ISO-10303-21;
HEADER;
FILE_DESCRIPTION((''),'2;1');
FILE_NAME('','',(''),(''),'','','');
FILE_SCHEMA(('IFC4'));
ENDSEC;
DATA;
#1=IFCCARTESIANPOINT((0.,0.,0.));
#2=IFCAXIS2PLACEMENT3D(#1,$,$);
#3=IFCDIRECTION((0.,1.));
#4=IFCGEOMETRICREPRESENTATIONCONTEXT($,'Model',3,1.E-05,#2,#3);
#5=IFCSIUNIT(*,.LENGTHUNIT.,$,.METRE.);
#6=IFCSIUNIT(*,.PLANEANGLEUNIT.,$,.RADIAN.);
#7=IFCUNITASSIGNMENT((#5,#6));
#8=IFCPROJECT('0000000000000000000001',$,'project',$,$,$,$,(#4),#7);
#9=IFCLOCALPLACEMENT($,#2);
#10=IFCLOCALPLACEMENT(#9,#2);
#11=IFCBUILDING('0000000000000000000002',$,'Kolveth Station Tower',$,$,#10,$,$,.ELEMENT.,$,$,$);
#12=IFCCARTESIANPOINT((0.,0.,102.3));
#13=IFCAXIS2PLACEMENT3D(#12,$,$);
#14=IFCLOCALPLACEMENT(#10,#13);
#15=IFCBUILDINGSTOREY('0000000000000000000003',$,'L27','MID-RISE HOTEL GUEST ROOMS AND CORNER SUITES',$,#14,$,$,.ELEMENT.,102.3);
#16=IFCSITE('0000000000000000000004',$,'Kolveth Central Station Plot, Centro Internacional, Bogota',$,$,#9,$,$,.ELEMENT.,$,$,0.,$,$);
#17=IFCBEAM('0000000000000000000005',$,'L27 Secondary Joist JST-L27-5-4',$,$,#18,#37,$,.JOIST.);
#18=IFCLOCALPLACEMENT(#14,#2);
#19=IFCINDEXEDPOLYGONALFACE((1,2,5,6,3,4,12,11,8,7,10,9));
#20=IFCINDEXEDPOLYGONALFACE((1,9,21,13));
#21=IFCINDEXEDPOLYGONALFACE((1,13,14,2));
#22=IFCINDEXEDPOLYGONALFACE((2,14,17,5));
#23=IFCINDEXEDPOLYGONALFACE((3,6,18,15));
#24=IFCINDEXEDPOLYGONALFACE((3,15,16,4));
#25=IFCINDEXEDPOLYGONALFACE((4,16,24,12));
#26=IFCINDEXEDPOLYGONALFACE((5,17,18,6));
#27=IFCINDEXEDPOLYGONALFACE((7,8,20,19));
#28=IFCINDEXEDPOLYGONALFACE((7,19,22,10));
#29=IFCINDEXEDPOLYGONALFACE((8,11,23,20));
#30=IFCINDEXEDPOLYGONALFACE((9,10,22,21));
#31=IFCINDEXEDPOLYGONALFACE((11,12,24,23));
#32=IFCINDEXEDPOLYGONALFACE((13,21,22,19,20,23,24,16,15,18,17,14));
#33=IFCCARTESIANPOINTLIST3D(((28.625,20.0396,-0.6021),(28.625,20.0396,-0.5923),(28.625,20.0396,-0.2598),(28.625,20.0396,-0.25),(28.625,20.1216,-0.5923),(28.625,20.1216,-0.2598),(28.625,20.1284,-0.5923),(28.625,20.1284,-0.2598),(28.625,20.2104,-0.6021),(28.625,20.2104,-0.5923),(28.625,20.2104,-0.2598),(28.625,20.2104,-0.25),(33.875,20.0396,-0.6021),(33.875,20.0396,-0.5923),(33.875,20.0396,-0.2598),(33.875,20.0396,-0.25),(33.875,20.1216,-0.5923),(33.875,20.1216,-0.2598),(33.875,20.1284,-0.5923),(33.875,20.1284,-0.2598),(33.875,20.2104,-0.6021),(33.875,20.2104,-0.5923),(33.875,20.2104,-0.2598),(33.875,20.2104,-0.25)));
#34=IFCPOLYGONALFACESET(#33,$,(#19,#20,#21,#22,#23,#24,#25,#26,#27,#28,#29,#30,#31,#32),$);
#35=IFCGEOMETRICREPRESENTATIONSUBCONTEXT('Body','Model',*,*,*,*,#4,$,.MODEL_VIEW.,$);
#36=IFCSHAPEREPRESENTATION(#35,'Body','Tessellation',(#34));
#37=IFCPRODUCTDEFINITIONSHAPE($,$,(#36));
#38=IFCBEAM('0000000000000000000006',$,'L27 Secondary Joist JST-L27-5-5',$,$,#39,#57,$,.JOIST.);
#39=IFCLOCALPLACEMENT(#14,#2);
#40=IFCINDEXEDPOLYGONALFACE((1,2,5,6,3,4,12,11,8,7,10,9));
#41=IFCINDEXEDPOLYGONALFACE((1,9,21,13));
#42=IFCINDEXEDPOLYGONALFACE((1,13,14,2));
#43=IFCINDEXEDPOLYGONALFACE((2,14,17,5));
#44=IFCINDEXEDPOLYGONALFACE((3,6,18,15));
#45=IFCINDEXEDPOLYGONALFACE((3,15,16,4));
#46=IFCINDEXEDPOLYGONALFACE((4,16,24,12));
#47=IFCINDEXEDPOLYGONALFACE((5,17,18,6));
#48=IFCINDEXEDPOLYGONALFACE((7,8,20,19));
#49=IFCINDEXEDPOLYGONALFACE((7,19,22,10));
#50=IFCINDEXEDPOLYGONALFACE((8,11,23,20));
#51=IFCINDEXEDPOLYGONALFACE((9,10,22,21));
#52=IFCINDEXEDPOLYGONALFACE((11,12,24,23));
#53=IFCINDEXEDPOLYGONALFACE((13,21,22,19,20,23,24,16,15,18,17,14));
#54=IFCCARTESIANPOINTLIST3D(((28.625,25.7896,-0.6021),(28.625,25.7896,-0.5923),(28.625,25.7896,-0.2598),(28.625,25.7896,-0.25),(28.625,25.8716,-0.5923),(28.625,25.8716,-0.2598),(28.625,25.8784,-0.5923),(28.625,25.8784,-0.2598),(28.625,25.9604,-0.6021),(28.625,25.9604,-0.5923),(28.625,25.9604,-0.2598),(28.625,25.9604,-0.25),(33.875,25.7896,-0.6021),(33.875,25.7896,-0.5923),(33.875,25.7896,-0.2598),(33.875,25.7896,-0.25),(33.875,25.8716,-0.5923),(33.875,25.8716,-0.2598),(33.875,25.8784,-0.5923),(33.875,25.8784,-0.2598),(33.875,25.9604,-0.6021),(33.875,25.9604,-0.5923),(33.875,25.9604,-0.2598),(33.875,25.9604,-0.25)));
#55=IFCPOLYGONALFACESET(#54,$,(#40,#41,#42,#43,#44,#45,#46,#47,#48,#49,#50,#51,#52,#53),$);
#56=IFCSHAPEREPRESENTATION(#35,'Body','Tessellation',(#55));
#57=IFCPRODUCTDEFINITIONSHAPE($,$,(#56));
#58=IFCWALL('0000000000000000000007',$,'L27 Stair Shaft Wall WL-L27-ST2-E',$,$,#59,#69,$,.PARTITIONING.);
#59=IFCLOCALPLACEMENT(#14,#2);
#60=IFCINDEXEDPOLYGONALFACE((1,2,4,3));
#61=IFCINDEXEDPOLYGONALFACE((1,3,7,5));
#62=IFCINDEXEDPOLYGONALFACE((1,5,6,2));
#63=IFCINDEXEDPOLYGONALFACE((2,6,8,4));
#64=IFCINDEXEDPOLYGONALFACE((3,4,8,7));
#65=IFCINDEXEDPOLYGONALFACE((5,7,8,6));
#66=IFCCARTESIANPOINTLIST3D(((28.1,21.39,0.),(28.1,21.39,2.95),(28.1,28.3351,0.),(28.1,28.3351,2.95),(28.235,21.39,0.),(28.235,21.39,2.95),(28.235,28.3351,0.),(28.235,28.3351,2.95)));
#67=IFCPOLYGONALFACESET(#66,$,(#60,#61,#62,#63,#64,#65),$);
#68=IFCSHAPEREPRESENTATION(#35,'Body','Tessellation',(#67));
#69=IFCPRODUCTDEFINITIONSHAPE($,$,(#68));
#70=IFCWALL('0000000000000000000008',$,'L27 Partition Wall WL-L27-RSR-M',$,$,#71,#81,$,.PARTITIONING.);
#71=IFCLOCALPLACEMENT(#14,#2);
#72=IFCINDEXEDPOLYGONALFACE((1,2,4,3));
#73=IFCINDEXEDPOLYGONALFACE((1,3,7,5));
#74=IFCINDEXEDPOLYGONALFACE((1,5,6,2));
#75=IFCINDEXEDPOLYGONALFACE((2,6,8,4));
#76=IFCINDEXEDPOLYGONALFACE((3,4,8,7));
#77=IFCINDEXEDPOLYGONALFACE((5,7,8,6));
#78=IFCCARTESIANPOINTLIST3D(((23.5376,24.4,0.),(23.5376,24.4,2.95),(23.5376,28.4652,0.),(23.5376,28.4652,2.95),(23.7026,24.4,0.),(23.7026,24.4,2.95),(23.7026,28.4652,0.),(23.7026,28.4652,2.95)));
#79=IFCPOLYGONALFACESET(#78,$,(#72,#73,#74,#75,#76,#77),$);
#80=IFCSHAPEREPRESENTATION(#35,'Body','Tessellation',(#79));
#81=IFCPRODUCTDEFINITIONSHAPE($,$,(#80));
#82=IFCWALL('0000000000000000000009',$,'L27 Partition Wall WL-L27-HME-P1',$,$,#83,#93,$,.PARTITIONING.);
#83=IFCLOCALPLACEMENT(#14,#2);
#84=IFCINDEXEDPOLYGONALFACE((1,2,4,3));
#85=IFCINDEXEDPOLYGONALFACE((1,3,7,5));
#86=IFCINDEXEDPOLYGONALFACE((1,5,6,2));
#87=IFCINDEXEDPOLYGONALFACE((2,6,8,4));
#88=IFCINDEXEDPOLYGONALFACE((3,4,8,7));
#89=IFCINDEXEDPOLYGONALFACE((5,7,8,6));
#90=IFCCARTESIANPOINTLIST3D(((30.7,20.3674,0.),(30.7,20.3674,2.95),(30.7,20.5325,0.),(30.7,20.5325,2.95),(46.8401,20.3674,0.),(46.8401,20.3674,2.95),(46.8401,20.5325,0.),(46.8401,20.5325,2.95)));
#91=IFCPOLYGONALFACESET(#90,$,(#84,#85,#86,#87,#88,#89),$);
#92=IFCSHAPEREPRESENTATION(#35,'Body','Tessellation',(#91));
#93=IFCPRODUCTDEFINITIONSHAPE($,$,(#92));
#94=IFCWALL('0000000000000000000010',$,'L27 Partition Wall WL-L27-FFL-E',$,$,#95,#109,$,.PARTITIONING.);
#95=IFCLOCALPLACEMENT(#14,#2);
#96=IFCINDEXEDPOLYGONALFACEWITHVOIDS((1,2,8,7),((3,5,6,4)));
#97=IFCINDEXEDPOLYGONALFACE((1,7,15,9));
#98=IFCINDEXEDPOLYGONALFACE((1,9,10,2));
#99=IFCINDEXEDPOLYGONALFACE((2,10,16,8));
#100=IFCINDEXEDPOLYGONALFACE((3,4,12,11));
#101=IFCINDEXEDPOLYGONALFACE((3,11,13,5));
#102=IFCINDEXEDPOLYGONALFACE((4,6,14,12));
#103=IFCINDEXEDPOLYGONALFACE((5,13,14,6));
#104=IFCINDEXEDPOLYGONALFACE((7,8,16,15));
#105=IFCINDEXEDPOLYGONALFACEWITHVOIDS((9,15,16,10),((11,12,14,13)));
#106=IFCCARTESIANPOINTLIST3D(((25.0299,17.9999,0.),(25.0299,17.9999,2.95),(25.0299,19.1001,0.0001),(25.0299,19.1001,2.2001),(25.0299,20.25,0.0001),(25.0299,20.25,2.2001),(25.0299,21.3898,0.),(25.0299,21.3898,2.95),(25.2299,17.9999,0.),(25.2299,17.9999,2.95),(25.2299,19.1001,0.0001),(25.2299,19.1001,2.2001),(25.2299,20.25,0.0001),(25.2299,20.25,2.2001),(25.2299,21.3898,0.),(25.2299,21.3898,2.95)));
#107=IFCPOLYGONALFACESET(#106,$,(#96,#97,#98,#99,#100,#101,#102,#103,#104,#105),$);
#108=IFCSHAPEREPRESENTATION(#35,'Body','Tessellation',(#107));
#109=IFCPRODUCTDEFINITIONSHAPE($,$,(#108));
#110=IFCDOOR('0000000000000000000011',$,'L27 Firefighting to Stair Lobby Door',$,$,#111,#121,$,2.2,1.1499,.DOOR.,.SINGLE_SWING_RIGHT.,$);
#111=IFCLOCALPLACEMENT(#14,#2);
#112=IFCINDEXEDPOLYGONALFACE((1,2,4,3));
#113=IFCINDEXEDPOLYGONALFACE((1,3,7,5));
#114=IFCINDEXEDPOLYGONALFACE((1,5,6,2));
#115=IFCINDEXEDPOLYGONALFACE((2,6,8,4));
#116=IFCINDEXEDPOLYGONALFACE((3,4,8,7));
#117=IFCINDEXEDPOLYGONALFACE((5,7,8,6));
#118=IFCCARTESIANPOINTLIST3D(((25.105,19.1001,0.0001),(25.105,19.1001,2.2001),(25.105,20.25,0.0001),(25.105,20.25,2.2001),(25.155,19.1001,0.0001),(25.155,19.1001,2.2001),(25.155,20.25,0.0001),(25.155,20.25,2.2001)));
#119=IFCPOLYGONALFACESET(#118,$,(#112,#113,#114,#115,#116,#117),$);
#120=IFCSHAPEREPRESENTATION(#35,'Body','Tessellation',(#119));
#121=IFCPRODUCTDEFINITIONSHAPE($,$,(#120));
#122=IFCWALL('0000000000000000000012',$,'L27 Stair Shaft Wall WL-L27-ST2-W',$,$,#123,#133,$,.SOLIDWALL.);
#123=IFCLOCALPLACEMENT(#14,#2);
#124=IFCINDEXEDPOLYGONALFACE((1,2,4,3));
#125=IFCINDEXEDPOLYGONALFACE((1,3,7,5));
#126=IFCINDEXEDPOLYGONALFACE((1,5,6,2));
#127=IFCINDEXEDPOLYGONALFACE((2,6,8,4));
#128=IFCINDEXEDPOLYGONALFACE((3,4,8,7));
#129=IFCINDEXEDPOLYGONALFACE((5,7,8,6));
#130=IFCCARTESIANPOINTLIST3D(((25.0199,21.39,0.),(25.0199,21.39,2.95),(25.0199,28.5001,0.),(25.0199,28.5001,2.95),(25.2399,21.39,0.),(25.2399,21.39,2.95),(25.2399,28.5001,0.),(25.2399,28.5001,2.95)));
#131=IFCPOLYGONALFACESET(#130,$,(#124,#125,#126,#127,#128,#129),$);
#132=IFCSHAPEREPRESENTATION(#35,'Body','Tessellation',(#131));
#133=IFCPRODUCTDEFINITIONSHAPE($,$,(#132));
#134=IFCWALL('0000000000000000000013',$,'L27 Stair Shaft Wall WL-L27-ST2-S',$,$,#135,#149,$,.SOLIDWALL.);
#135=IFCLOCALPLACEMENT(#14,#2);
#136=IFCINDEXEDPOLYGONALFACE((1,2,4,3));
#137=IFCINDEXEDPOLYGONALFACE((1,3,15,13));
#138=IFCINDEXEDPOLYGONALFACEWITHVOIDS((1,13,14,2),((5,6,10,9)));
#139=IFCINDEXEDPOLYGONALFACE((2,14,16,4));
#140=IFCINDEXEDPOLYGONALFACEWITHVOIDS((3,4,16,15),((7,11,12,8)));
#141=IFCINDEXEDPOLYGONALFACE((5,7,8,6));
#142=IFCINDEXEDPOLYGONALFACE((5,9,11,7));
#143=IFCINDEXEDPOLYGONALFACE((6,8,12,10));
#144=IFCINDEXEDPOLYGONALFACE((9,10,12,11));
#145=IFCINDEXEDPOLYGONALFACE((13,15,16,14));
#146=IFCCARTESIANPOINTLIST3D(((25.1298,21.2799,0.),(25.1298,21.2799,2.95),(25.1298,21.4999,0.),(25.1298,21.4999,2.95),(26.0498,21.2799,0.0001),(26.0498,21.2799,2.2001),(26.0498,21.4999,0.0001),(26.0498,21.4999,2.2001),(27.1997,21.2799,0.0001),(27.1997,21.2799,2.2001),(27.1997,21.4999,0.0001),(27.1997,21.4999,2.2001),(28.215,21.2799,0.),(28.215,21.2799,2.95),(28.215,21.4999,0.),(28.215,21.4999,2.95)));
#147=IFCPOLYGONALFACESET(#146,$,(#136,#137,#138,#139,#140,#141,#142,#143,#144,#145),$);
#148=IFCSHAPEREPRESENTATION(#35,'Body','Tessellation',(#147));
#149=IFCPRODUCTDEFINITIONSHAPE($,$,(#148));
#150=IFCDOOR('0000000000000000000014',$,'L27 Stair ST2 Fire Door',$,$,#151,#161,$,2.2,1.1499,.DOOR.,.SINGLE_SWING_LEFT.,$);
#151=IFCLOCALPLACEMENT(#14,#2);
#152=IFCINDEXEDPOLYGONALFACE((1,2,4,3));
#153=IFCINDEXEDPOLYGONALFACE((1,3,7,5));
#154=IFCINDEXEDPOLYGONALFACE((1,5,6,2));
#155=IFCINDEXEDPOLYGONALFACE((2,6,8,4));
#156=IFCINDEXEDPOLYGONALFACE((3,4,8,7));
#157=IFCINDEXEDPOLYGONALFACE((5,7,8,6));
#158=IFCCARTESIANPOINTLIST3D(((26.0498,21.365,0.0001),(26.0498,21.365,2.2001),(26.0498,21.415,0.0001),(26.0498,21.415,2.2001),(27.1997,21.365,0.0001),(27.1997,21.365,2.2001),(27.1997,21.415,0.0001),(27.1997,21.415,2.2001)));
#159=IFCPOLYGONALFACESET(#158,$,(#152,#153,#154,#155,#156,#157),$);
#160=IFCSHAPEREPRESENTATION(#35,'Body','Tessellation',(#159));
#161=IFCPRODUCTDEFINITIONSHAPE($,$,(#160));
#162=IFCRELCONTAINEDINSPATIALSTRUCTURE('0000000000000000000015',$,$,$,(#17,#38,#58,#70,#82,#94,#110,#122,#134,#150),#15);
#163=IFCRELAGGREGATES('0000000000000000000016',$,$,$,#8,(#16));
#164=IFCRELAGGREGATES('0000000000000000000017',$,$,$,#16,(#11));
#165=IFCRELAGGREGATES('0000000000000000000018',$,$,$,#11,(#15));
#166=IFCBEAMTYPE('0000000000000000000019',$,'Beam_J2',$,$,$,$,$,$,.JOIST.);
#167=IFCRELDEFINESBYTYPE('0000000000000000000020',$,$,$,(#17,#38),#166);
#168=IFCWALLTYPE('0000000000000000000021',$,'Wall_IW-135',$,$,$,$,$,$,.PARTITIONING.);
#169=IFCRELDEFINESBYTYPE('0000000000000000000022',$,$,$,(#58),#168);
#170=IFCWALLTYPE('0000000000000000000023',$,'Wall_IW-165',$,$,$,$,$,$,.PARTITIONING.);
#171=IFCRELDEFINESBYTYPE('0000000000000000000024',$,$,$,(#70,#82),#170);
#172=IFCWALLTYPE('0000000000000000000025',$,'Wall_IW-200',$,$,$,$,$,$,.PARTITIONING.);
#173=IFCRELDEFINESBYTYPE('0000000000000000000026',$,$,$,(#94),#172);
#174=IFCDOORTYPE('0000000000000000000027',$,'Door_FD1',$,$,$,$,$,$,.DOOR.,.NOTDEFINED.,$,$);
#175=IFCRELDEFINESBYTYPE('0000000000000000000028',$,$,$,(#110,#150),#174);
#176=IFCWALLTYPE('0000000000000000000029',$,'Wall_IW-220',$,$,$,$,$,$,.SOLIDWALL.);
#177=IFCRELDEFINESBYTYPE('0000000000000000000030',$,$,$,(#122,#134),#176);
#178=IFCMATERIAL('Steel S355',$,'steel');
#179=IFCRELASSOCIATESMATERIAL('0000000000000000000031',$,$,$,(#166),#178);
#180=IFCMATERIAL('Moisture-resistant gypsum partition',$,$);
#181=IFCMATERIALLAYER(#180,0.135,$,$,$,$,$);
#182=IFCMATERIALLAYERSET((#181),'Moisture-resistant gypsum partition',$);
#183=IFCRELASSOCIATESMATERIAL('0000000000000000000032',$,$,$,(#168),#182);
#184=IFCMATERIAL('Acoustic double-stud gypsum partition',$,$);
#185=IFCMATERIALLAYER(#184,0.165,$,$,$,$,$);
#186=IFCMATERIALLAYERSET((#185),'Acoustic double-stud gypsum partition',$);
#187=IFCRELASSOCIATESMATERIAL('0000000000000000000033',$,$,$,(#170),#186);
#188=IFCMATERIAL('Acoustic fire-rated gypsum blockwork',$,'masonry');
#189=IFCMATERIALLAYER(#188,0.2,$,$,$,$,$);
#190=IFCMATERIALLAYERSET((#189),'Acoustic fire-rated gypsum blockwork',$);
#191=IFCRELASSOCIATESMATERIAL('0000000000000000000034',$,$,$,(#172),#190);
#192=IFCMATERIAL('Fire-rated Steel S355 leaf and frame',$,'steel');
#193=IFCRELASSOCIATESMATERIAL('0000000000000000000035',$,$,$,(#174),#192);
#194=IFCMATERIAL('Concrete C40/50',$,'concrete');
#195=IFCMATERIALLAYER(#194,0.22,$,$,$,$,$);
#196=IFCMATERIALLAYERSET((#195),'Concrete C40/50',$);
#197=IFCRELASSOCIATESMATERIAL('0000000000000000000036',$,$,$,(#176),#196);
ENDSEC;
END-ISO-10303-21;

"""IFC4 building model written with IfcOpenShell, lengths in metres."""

from ifc_helpers import new_model, si_unit, direction, frame, frame_2d, origin, origin_2d, place, context, subcontext, project, spatial, rectangle, i_section, extrude, source, transform, mapped, material, layer, layer_set, material_profile, profile_set, type_object, element, fill, save


model = new_model("IFC4")

# Units and contexts
model_context = context("Model", 3, precision=1e-05, world=origin(), true_north=direction((0.0, 1.0)))
body_context = subcontext(model_context, "Body", "Model", "MODEL_VIEW")
ifc_project = project(units=[si_unit("LENGTHUNIT", "METRE"), si_unit("PLANEANGLEUNIT", "RADIAN")], contexts=[model_context])

# Site, building, storey
site_placement = place(None, origin())
site = spatial("IfcSite", under=ifc_project, at=site_placement, Name="Kolveth Central Station Plot, Centro Internacional, Bogota", CompositionType="ELEMENT", RefElevation=0.0)
building_placement = place(site_placement, origin())
building = spatial("IfcBuilding", under=site, at=building_placement, Name="Kolveth Station Tower", CompositionType="ELEMENT")
storey_placement = place(building_placement, frame((0.0, 0.0, 102.3)))
storey = spatial("IfcBuildingStorey", under=building, at=storey_placement, Name="L27", Description="MID-RISE HOTEL GUEST ROOMS AND CORNER SUITES", CompositionType="ELEMENT", Elevation=102.3)

# Shared definitions
ifc_material_1 = material(Name="Steel S355", Category="steel")

# Beams
ifc_material_profile_1 = material_profile(ifc_material_1, i_section(OverallWidth=0.1709, OverallDepth=0.3521, WebThickness=0.0068, FlangeThickness=0.0098, at=origin_2d()), Name="W360x44")
ifc_profile_set_1 = profile_set([ifc_material_profile_1], Name="Steel S355")
beam_type_1 = type_object("IfcBeamType", Name="Beam_J2", PredefinedType="JOIST", material=ifc_profile_set_1)
shared_shape_1 = source(origin(), body_context, "Body", "SweptSolid", [
    extrude(i_section(OverallWidth=0.1709, OverallDepth=0.3521, WebThickness=0.0068, FlangeThickness=0.0098, at=origin_2d()), origin(), (0.0, 0.0, 1.0), 5.25),
])
for number, where, z_axis, x_axis, name in (
    (1, (28.625, 20.125, -0.426), (1.0, 0.0, 0.0), (0.0, 1.0, 0.0), "L27 Secondary Joist JST-L27-5-4"),
    (2, (28.625, 25.875, -0.426), (1.0, 0.0, 0.0), (0.0, 1.0, 0.0), "L27 Secondary Joist JST-L27-5-5"),
):
    element("IfcBeam", number, at=place(storey_placement, frame(where, z_axis=z_axis, x_axis=x_axis)), inside=storey, type_object=beam_type_1, Name=name, PredefinedType="JOIST", context=body_context, shape_type="MappedRepresentation", body=[
        mapped(shared_shape_1, transform((0.0, 0.0, 0.0), x_axis=(1.0, 0.0, 0.0), y_axis=(0.0, 1.0, 0.0), z_axis=(0.0, 0.0, 1.0), scale=1.0)),
    ])

# Walls
ifc_material_2 = material(Name="Moisture-resistant gypsum partition")
ifc_layer_1 = layer(ifc_material_2, 0.135)
ifc_layer_set_1 = layer_set([ifc_layer_1], Name="Moisture-resistant gypsum partition")
wall_type_1 = type_object("IfcWallType", Name="Wall_IW-135", PredefinedType="PARTITIONING", material=ifc_layer_set_1)
wall_1_placement = place(storey_placement, frame((28.1675, 21.3899, 0.0), z_axis=(0.0, 0.0, 1.0), x_axis=(0.0, 1.0, 0.0)))
element("IfcWall", 3, at=wall_1_placement, inside=storey, type_object=wall_type_1, Name="L27 Stair Shaft Wall WL-L27-ST2-E", PredefinedType="PARTITIONING", context=body_context, shape_type="SweptSolid", body=[
    extrude(rectangle(XDim=6.9451, YDim=0.135, at=frame_2d((3.4727, 0.0))), origin(), (0.0, 0.0, 1.0), 2.95),
])
ifc_material_3 = material(Name="Acoustic double-stud gypsum partition")
ifc_layer_2 = layer(ifc_material_3, 0.165)
ifc_layer_set_2 = layer_set([ifc_layer_2], Name="Acoustic double-stud gypsum partition")
wall_type_2 = type_object("IfcWallType", Name="Wall_IW-165", PredefinedType="PARTITIONING", material=ifc_layer_set_2)
wall_2_placement = place(storey_placement, frame((23.6201, 24.3999, 0.0), z_axis=(0.0, 0.0, 1.0), x_axis=(0.0, 1.0, 0.0)))
element("IfcWall", 4, at=wall_2_placement, inside=storey, type_object=wall_type_2, Name="L27 Partition Wall WL-L27-RSR-M", PredefinedType="PARTITIONING", context=body_context, shape_type="SweptSolid", body=[
    extrude(rectangle(XDim=4.0652, YDim=0.165, at=frame_2d((2.0327, 0.0))), origin(), (0.0, 0.0, 1.0), 2.95),
])
wall_3_placement = place(storey_placement, frame((30.7, 20.45, 0.0), z_axis=(0.0, 0.0, 1.0), x_axis=(1.0, 0.0, 0.0)))
element("IfcWall", 5, at=wall_3_placement, inside=storey, type_object=wall_type_2, Name="L27 Partition Wall WL-L27-HME-P1", PredefinedType="PARTITIONING", context=body_context, shape_type="SweptSolid", body=[
    extrude(rectangle(XDim=16.1401, YDim=0.165, at=frame_2d((8.0701, 0.0))), origin(), (0.0, 0.0, 1.0), 2.95),
])

# Wall, opening, door
ifc_material_4 = material(Name="Acoustic fire-rated gypsum blockwork", Category="masonry")
ifc_layer_3 = layer(ifc_material_4, 0.2)
ifc_layer_set_3 = layer_set([ifc_layer_3], Name="Acoustic fire-rated gypsum blockwork")
wall_type_3 = type_object("IfcWallType", Name="Wall_IW-200", PredefinedType="PARTITIONING", material=ifc_layer_set_3)
wall_4_placement = place(storey_placement, frame((25.1299, 18.0, 0.0), z_axis=(0.0, 0.0, 1.0), x_axis=(0.0, 1.0, 0.0)))
wall_4 = element("IfcWall", 6, at=wall_4_placement, inside=storey, type_object=wall_type_3, Name="L27 Partition Wall WL-L27-FFL-E", PredefinedType="PARTITIONING", context=body_context, shape_type="SweptSolid", body=[
    extrude(rectangle(XDim=3.3899, YDim=0.2, at=frame_2d((1.6948, 0.0))), origin(), (0.0, 0.0, 1.0), 2.95),
])
opening_1_placement = place(wall_4_placement, frame((1.1001, 0.0, 0.0)))
opening_1 = element("IfcOpeningElement", 7, at=opening_1_placement, cuts=wall_4, PredefinedType="OPENING", context=body_context, shape_type="SweptSolid", body=[
    extrude(rectangle(XDim=1.1499, YDim=2.2, at=frame_2d((0.575, 1.1001))), frame((0.0, 0.1099, 0.0), z_axis=(0.0, -1.0, 0.0), x_axis=(1.0, 0.0, 0.0)), (0.0, 0.0, 1.0), 0.22),
])
ifc_material_5 = material(Name="Fire-rated Steel S355 leaf and frame", Category="steel")
door_type = type_object("IfcDoorType", Name="Door_FD1", OperationType="NOTDEFINED", PredefinedType="DOOR", material=ifc_material_5)
door_1_placement = place(opening_1_placement, origin())
door_1 = element("IfcDoor", 8, at=door_1_placement, inside=storey, type_object=door_type, Name="L27 Firefighting to Stair Lobby Door", OperationType="SINGLE_SWING_RIGHT", OverallHeight=2.2, OverallWidth=1.1499, PredefinedType="DOOR", context=body_context, shape_type="SweptSolid", body=[
    extrude(rectangle(XDim=1.1499, YDim=2.2, at=frame_2d((0.575, 1.1001))), frame((0.0, 0.0249, 0.0), z_axis=(0.0, -1.0, 0.0), x_axis=(1.0, 0.0, 0.0)), (0.0, 0.0, 1.0), 0.05),
])
fill(opening_1, door_1)

# Wall
ifc_material_6 = material(Name="Concrete C40/50", Category="concrete")
ifc_layer_4 = layer(ifc_material_6, 0.22)
ifc_layer_set_4 = layer_set([ifc_layer_4], Name="Concrete C40/50")
wall_type_4 = type_object("IfcWallType", Name="Wall_IW-220", PredefinedType="SOLIDWALL", material=ifc_layer_set_4)
wall_5_placement = place(storey_placement, frame((25.1299, 21.3899, 0.0), z_axis=(0.0, 0.0, 1.0), x_axis=(0.0, 1.0, 0.0)))
element("IfcWall", 9, at=wall_5_placement, inside=storey, type_object=wall_type_4, Name="L27 Stair Shaft Wall WL-L27-ST2-W", PredefinedType="SOLIDWALL", context=body_context, shape_type="SweptSolid", body=[
    extrude(rectangle(XDim=7.1101, YDim=0.22, at=frame_2d((3.5552, 0.0))), origin(), (0.0, 0.0, 1.0), 2.95),
])

# Wall, opening, door
wall_6_placement = place(storey_placement, frame((25.1299, 21.3899, 0.0), z_axis=(0.0, 0.0, 1.0), x_axis=(1.0, 0.0, 0.0)))
wall_6 = element("IfcWall", 10, at=wall_6_placement, inside=storey, type_object=wall_type_4, Name="L27 Stair Shaft Wall WL-L27-ST2-S", PredefinedType="SOLIDWALL", context=body_context, shape_type="SweptSolid", body=[
    extrude(rectangle(XDim=3.0852, YDim=0.22, at=frame_2d((1.5425, 0.0))), origin(), (0.0, 0.0, 1.0), 2.95),
])
opening_2_placement = place(wall_6_placement, frame((0.9199, 0.0, 0.0)))
opening_2 = element("IfcOpeningElement", 11, at=opening_2_placement, cuts=wall_6, PredefinedType="OPENING", context=body_context, shape_type="SweptSolid", body=[
    extrude(rectangle(XDim=1.1499, YDim=2.2, at=frame_2d((0.575, 1.1001))), frame((0.0, 0.1199, 0.0), z_axis=(0.0, -1.0, 0.0), x_axis=(1.0, 0.0, 0.0)), (0.0, 0.0, 1.0), 0.24),
])
door_2_placement = place(opening_2_placement, frame((1.1499, 0.0, 0.0), z_axis=(0.0, 0.0, 1.0), x_axis=(-1.0, 0.0, 0.0)))
door_2 = element("IfcDoor", 12, at=door_2_placement, inside=storey, type_object=door_type, Name="L27 Stair ST2 Fire Door", OperationType="SINGLE_SWING_LEFT", OverallHeight=2.2, OverallWidth=1.1499, PredefinedType="DOOR", context=body_context, shape_type="SweptSolid", body=[
    extrude(rectangle(XDim=1.1499, YDim=2.2, at=frame_2d((0.575, 1.1001))), frame((0.0, 0.0249, 0.0), z_axis=(0.0, -1.0, 0.0), x_axis=(1.0, 0.0, 0.0)), (0.0, 0.0, 1.0), 0.05),
])
fill(opening_2, door_2)

save(model, "model.ifc")
